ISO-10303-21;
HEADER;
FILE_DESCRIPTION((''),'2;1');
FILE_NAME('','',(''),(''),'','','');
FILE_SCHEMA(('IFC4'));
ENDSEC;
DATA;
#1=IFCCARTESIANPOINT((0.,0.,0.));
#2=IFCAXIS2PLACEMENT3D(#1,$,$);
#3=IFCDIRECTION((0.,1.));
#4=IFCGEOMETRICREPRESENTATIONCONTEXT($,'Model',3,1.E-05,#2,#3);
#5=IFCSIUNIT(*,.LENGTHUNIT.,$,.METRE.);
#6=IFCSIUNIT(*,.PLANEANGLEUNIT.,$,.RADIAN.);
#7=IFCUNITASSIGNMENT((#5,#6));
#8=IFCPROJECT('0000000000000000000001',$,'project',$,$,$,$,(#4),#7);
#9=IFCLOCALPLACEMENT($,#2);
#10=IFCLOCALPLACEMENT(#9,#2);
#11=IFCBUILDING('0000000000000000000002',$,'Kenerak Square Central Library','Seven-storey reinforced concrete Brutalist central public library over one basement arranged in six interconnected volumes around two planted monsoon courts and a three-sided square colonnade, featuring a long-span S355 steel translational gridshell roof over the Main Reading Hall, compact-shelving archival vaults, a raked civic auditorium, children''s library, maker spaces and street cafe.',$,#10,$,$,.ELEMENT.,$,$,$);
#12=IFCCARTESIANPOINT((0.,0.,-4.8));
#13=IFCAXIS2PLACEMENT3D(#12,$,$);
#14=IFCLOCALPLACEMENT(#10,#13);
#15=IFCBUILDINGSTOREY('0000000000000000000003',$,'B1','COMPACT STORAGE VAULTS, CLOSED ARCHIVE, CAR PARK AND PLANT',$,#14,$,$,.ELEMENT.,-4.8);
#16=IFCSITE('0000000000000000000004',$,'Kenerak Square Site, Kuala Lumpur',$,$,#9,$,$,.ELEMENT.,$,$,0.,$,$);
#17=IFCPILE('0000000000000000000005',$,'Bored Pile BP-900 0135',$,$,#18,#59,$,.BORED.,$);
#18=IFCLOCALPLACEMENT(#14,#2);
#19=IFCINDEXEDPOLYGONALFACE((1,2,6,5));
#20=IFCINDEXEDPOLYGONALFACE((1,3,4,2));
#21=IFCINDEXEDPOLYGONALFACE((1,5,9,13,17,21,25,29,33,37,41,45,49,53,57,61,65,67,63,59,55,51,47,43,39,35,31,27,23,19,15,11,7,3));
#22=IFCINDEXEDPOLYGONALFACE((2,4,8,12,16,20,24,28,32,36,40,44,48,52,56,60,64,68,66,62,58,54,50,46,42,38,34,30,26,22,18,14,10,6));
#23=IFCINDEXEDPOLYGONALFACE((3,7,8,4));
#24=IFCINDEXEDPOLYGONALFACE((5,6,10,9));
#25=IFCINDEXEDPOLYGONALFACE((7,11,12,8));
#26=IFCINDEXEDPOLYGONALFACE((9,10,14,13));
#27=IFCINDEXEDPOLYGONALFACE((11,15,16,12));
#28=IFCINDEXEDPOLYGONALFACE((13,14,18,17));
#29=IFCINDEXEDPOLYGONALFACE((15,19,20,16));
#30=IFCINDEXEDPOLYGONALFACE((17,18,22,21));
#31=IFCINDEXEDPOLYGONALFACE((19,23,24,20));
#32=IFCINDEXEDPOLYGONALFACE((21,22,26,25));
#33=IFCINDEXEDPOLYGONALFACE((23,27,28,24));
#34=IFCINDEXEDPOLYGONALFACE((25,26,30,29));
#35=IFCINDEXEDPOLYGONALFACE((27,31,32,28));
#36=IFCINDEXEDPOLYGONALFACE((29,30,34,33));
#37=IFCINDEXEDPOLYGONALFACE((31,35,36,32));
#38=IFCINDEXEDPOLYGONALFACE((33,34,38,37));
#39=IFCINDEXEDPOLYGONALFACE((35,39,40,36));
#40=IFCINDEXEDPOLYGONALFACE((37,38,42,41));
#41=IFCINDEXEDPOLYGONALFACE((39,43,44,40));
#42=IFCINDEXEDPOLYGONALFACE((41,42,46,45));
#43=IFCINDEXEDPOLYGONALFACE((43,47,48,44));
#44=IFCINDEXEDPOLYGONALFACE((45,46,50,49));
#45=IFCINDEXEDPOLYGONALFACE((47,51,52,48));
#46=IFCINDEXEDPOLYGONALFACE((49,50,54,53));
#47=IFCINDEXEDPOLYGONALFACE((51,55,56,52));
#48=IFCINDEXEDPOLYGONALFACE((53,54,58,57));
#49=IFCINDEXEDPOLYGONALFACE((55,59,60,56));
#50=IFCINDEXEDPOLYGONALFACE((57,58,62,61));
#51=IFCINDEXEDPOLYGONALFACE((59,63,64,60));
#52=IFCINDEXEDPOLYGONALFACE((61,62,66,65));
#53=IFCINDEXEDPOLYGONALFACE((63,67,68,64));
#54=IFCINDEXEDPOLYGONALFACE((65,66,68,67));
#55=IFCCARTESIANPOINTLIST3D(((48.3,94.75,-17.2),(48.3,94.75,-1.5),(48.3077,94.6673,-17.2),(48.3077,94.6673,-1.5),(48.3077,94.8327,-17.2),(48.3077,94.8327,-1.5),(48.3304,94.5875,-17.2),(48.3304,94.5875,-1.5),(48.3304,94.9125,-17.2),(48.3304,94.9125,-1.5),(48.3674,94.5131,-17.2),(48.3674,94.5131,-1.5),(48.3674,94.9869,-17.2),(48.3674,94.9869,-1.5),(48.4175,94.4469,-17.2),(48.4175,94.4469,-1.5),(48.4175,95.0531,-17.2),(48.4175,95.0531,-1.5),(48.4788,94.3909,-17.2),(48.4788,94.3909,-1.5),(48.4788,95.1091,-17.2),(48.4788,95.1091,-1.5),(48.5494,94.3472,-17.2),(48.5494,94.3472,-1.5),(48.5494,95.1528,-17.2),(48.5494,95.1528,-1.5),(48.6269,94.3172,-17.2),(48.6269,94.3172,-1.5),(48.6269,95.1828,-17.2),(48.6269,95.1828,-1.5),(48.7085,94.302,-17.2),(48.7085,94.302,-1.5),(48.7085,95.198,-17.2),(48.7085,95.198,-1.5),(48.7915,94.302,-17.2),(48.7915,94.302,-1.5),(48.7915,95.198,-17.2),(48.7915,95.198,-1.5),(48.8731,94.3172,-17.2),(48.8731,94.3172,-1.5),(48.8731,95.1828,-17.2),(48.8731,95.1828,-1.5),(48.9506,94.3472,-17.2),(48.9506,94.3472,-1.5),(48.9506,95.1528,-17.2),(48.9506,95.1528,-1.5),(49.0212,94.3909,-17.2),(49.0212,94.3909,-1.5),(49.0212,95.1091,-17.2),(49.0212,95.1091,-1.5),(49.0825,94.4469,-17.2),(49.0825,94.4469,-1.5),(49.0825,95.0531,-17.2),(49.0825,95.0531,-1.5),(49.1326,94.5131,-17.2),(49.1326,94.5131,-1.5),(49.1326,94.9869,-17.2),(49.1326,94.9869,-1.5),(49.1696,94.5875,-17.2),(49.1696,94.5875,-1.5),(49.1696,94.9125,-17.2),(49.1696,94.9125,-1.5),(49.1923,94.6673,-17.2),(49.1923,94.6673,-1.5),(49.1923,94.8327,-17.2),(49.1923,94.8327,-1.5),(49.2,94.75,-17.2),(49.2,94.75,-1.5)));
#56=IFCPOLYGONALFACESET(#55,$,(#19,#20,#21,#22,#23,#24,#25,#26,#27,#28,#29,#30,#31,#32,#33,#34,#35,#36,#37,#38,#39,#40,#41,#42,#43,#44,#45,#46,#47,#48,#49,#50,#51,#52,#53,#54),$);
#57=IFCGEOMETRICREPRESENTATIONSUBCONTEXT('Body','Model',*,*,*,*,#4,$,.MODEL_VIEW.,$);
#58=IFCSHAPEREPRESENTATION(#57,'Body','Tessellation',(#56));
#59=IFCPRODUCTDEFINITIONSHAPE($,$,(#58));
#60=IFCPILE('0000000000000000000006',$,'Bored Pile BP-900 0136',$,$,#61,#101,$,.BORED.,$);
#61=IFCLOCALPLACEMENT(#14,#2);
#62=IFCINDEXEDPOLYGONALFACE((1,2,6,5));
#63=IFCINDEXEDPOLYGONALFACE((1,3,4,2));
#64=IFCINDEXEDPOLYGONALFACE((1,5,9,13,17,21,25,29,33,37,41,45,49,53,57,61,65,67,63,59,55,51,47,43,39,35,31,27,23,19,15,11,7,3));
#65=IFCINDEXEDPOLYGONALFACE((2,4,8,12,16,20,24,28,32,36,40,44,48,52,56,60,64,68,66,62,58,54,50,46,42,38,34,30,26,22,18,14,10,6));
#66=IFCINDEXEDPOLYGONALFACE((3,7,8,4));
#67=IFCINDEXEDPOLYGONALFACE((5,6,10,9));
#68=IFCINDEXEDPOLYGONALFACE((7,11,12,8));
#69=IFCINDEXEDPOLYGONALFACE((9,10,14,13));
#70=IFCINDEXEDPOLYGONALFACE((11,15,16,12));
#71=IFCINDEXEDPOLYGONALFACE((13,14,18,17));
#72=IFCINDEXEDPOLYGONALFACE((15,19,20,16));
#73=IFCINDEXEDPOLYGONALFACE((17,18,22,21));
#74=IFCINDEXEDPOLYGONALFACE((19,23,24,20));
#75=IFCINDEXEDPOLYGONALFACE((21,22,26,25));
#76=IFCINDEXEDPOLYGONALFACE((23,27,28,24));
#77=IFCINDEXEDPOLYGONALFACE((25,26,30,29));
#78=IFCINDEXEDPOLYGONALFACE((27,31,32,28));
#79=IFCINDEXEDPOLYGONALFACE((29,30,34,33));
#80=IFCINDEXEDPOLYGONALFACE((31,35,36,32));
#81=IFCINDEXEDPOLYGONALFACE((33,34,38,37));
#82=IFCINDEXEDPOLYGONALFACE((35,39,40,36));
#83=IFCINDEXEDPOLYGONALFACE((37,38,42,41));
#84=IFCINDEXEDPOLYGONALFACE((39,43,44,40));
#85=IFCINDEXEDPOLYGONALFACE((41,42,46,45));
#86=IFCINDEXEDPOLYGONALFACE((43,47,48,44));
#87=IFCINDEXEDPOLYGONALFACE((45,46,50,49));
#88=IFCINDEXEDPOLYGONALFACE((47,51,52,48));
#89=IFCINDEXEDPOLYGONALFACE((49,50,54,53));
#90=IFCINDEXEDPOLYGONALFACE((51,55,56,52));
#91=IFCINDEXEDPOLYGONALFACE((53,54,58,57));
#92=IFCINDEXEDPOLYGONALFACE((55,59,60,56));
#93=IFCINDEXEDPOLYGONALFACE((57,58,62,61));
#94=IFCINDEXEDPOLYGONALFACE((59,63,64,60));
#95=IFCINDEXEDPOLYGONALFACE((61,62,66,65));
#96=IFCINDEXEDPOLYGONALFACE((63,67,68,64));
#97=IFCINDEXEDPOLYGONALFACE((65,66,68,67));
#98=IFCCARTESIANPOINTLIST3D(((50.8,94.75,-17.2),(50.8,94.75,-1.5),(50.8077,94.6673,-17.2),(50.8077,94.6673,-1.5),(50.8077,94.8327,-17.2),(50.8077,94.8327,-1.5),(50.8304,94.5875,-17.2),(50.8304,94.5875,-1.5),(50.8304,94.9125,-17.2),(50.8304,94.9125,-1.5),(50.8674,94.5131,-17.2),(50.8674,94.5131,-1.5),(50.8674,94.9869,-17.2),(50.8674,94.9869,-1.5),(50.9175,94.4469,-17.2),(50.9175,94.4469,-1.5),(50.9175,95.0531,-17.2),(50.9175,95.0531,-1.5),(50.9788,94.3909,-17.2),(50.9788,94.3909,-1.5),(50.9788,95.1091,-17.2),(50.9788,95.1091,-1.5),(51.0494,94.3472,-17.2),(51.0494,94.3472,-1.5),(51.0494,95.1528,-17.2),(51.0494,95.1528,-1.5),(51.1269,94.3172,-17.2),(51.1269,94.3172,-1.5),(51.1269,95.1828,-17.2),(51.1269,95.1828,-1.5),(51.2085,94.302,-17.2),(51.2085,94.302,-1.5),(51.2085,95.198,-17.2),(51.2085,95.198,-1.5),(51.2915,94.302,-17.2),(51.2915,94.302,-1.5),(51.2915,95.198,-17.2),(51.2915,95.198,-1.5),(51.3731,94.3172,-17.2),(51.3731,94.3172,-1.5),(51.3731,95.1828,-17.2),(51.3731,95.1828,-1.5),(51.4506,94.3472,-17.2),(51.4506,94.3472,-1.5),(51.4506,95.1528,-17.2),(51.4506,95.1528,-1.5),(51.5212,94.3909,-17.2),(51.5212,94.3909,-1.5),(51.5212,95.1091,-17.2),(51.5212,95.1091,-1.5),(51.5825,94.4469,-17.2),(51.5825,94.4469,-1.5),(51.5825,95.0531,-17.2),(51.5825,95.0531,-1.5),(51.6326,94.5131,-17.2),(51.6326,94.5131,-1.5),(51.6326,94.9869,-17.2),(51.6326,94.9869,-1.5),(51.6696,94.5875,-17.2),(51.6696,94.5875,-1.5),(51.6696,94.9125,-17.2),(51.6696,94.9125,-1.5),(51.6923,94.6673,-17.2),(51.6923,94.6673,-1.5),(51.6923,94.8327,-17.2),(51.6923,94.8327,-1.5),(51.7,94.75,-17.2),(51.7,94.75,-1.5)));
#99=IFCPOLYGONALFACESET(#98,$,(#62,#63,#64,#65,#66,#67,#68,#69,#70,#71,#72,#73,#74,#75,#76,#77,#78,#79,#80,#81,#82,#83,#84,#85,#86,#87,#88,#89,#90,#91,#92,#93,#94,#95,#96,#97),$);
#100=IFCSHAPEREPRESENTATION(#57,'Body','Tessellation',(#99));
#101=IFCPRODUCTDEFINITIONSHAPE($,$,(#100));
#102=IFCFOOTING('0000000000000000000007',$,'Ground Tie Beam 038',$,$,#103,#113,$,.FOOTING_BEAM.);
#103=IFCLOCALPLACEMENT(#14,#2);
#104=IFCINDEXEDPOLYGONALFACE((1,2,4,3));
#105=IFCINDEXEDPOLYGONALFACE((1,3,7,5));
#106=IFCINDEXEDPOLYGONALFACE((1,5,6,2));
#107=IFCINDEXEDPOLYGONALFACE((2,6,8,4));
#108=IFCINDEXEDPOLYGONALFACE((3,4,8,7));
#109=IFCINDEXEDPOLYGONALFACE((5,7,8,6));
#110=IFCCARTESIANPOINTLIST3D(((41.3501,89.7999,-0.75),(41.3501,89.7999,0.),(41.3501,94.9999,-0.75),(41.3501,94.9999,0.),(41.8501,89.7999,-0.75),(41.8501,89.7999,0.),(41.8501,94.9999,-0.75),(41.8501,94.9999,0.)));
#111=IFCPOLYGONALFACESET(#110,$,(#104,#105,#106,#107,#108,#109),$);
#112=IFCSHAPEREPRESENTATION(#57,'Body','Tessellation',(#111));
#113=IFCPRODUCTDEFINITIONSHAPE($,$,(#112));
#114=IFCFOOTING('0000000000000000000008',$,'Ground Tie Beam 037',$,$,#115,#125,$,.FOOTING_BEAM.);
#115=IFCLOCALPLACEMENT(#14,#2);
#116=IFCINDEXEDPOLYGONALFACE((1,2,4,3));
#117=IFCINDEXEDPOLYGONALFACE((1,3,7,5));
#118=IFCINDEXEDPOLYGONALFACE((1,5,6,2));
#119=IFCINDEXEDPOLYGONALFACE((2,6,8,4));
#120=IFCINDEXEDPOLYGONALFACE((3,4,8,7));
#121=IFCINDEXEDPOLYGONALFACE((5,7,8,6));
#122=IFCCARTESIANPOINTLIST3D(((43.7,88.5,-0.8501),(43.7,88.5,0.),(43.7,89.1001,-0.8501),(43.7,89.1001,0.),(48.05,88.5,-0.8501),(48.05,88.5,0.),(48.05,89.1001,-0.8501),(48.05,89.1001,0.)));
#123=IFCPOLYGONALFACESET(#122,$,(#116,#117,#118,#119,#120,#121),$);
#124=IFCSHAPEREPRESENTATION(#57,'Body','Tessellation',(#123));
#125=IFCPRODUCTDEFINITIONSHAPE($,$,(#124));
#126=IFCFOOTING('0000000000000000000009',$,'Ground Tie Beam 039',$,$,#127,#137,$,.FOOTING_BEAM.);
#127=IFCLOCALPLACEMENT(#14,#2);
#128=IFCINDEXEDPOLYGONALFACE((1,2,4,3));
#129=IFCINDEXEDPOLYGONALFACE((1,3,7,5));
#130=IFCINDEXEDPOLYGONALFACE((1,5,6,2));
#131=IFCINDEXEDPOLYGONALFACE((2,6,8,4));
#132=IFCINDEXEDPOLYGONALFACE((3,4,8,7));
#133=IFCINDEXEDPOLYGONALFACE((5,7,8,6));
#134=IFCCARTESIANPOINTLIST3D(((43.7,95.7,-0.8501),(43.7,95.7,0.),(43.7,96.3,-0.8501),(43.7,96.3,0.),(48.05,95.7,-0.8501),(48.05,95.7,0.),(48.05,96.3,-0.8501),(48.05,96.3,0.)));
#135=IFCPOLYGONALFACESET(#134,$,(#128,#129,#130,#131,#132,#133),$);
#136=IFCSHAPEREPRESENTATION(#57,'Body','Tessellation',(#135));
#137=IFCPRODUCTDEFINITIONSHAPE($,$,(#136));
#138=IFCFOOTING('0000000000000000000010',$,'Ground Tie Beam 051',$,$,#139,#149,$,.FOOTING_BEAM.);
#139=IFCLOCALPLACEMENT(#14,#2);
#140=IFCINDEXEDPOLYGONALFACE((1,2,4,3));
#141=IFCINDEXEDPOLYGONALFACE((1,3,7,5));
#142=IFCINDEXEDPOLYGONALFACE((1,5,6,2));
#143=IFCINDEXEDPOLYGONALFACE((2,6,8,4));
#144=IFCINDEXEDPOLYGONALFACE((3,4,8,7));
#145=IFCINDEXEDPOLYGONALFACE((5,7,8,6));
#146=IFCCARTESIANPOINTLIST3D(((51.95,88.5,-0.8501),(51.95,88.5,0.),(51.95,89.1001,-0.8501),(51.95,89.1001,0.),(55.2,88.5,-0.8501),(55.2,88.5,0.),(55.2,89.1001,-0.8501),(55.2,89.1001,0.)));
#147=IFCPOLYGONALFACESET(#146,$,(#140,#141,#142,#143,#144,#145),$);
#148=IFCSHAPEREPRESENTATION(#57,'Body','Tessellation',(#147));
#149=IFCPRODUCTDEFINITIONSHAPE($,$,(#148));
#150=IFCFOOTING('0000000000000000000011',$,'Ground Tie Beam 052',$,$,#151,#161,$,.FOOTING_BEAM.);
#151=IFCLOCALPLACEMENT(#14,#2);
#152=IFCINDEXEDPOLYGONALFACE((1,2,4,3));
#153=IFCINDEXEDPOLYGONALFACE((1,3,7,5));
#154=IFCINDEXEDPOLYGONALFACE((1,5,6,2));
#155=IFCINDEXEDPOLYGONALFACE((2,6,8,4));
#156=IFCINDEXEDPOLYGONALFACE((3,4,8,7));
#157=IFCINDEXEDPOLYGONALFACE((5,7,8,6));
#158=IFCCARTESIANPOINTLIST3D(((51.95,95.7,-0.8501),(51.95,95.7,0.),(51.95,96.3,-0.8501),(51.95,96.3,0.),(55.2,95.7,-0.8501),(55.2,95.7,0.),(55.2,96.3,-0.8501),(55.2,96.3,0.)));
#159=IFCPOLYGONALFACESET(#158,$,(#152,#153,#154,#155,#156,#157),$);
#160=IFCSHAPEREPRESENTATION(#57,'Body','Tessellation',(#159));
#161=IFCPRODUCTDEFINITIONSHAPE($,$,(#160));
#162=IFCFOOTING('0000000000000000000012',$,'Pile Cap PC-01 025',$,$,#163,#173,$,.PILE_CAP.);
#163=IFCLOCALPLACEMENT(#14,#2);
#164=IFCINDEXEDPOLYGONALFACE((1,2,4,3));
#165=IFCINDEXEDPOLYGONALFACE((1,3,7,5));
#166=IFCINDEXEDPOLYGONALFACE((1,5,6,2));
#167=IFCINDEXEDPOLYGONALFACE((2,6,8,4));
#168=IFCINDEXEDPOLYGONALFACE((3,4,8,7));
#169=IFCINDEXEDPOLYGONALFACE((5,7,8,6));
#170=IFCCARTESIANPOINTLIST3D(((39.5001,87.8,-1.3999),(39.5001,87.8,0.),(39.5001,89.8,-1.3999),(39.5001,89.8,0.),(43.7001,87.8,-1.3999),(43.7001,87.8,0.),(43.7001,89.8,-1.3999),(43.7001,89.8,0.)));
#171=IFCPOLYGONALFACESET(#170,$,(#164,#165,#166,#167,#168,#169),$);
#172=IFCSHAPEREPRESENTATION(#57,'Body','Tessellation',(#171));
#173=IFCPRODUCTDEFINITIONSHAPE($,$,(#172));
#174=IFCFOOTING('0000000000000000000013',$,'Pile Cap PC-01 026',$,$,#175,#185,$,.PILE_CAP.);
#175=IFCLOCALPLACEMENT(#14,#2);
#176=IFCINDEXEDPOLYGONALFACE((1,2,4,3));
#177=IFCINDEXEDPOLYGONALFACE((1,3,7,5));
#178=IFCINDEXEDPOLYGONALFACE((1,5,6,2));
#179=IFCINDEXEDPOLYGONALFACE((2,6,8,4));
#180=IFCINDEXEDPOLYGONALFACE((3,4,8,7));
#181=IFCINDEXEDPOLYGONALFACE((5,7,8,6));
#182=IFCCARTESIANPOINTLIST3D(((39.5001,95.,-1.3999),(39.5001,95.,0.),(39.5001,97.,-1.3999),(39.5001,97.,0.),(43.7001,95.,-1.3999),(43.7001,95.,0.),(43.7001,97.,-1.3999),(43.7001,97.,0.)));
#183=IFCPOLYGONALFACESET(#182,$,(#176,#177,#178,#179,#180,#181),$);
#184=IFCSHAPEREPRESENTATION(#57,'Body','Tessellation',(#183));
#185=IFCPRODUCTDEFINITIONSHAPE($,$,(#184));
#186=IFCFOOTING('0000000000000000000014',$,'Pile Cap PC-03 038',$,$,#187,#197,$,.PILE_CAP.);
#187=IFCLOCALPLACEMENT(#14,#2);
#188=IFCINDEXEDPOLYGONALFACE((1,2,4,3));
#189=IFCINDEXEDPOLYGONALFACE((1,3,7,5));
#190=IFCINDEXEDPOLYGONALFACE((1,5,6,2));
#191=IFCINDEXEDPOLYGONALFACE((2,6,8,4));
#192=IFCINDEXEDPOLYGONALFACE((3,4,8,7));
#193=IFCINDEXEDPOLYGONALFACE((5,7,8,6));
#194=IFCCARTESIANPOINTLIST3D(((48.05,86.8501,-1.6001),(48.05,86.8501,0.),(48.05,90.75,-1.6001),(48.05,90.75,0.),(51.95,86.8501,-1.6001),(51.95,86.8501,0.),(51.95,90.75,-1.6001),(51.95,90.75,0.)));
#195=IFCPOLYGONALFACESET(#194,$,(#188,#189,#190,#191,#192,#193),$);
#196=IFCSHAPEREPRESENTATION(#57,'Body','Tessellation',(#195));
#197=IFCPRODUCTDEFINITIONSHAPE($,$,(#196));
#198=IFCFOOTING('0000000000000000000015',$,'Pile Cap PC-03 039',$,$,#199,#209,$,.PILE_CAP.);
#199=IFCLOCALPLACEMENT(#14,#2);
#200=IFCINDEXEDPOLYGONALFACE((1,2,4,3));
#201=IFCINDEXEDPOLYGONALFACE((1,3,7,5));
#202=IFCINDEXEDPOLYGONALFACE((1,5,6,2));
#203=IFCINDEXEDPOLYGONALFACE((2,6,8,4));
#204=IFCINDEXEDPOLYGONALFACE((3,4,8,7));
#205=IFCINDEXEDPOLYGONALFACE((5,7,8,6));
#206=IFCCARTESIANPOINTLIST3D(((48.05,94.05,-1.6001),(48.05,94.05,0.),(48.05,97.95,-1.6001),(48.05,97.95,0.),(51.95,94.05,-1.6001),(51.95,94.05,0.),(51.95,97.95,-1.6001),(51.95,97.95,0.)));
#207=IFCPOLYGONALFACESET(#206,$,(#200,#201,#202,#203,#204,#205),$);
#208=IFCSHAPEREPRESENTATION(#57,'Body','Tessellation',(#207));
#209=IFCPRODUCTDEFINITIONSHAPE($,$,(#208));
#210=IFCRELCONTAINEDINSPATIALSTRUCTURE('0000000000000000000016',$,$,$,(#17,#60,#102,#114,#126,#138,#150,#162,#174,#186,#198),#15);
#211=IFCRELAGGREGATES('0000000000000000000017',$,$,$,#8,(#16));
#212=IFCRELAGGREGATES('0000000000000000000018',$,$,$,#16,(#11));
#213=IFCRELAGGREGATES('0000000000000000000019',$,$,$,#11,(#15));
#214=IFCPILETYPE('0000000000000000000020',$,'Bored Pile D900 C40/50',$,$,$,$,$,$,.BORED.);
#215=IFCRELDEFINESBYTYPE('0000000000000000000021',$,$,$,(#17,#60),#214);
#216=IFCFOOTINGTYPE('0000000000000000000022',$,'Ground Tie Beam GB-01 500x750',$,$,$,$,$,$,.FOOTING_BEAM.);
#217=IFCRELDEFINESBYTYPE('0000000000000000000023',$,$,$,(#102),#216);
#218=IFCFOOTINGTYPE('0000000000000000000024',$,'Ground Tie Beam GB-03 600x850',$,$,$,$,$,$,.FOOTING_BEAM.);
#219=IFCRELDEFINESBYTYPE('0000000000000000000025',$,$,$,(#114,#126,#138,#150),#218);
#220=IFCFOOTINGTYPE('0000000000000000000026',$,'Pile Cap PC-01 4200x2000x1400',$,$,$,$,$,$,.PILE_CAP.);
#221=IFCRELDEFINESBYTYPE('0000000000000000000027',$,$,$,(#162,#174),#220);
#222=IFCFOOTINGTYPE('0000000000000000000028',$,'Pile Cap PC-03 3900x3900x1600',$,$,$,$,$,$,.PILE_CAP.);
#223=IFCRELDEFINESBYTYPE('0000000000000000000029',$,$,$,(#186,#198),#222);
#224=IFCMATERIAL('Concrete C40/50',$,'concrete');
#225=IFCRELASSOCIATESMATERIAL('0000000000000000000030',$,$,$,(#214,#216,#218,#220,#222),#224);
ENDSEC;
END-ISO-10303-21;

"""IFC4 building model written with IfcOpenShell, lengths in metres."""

from ifc_helpers import new_model, si_unit, direction, frame, origin, origin_2d, place, context, subcontext, project, spatial, rectangle, circle, extrude, material, material_profile, profile_set, type_object, element, save


model = new_model("IFC4")

# Units and contexts
model_context = context("Model", 3, precision=1e-05, world=origin(), true_north=direction((0.0, 1.0)))
body_context = subcontext(model_context, "Body", "Model", "MODEL_VIEW")
ifc_project = project(units=[si_unit("LENGTHUNIT", "METRE"), si_unit("PLANEANGLEUNIT", "RADIAN")], contexts=[model_context])

# Site, building, storey
site_placement = place(None, origin())
site = spatial("IfcSite", under=ifc_project, at=site_placement, Name="Kenerak Square Site, Kuala Lumpur", CompositionType="ELEMENT", RefElevation=0.0)
building_placement = place(site_placement, origin())
building = spatial("IfcBuilding", under=site, at=building_placement, Name="Kenerak Square Central Library", Description="Seven-storey reinforced concrete Brutalist central public library over one basement arranged in six interconnected volumes around two planted monsoon courts and a three-sided square colonnade, featuring a long-span S355 steel translational gridshell roof over the Main Reading Hall, compact-shelving archival vaults, a raked civic auditorium, children's library, maker spaces and street cafe.", CompositionType="ELEMENT")
storey_placement = place(building_placement, frame((0.0, 0.0, -4.8)))
storey = spatial("IfcBuildingStorey", under=building, at=storey_placement, Name="B1", Description="COMPACT STORAGE VAULTS, CLOSED ARCHIVE, CAR PARK AND PLANT", CompositionType="ELEMENT", Elevation=-4.8)

# Piles
ifc_material_1 = material(Name="Concrete C40/50", Category="concrete")
ifc_material_profile_1 = material_profile(ifc_material_1, circle(Radius=0.45, at=origin_2d()), Name="BP D900")
ifc_profile_set_1 = profile_set([ifc_material_profile_1], Name="Concrete C40/50")
pile_type = type_object("IfcPileType", Name="Bored Pile D900 C40/50", PredefinedType="BORED", material=ifc_profile_set_1)
for number, where, z_axis, x_axis, name in (
    (1, (48.75, 94.75, -1.5), (0.0, 0.0, -1.0), (1.0, 0.0, 0.0), "Bored Pile BP-900 0135"),
    (2, (51.25, 94.75, -1.5), (0.0, 0.0, -1.0), (1.0, 0.0, 0.0), "Bored Pile BP-900 0136"),
):
    element("IfcPile", number, at=place(storey_placement, frame(where, z_axis=z_axis, x_axis=x_axis)), inside=storey, type_object=pile_type, Name=name, PredefinedType="BORED", context=body_context, shape_type="SweptSolid", body=[
        extrude(circle(Radius=0.45, at=origin_2d()), origin(), (0.0, 0.0, 1.0), 15.7),
    ])

# Footings
footing_type_1 = type_object("IfcFootingType", Name="Ground Tie Beam GB-01 500x750", PredefinedType="FOOTING_BEAM", material=ifc_material_1)
footing_1_placement = place(storey_placement, frame((41.6001, 92.3999, -0.75), z_axis=(0.0, 0.0, 1.0), x_axis=(1.0, 0.0, 0.0)))
element("IfcFooting", 3, at=footing_1_placement, inside=storey, type_object=footing_type_1, Name="Ground Tie Beam 038", PredefinedType="FOOTING_BEAM", context=body_context, shape_type="SweptSolid", body=[
    extrude(rectangle(XDim=0.5, YDim=5.2, at=origin_2d()), origin(), (0.0, 0.0, 1.0), 0.75),
])
footing_type_2 = type_object("IfcFootingType", Name="Ground Tie Beam GB-03 600x850", PredefinedType="FOOTING_BEAM", material=ifc_material_1)
for number, where, z_axis, x_axis, name in (
    (4, (45.875, 88.8, -0.8501), (0.0, 0.0, 1.0), (1.0, 0.0, 0.0), "Ground Tie Beam 037"),
    (5, (45.875, 96.0, -0.8501), (0.0, 0.0, 1.0), (1.0, 0.0, 0.0), "Ground Tie Beam 039"),
):
    element("IfcFooting", number, at=place(storey_placement, frame(where, z_axis=z_axis, x_axis=x_axis)), inside=storey, type_object=footing_type_2, Name=name, PredefinedType="FOOTING_BEAM", context=body_context, shape_type="SweptSolid", body=[
        extrude(rectangle(XDim=4.3501, YDim=0.6001, at=origin_2d()), origin(), (0.0, 0.0, 1.0), 0.8501),
    ])
for number, where, z_axis, x_axis, name in (
    (6, (53.575, 88.8, -0.8501), (0.0, 0.0, 1.0), (1.0, 0.0, 0.0), "Ground Tie Beam 051"),
    (7, (53.575, 96.0, -0.8501), (0.0, 0.0, 1.0), (1.0, 0.0, 0.0), "Ground Tie Beam 052"),
):
    element("IfcFooting", number, at=place(storey_placement, frame(where, z_axis=z_axis, x_axis=x_axis)), inside=storey, type_object=footing_type_2, Name=name, PredefinedType="FOOTING_BEAM", context=body_context, shape_type="SweptSolid", body=[
        extrude(rectangle(XDim=3.25, YDim=0.6001, at=origin_2d()), origin(), (0.0, 0.0, 1.0), 0.8501),
    ])
footing_type_3 = type_object("IfcFootingType", Name="Pile Cap PC-01 4200x2000x1400", PredefinedType="PILE_CAP", material=ifc_material_1)
for number, where, z_axis, x_axis, name in (
    (8, (41.6001, 88.8, -1.3999), (0.0, 0.0, 1.0), (1.0, 0.0, 0.0), "Pile Cap PC-01 025"),
    (9, (41.6001, 96.0, -1.3999), (0.0, 0.0, 1.0), (1.0, 0.0, 0.0), "Pile Cap PC-01 026"),
):
    element("IfcFooting", number, at=place(storey_placement, frame(where, z_axis=z_axis, x_axis=x_axis)), inside=storey, type_object=footing_type_3, Name=name, PredefinedType="PILE_CAP", context=body_context, shape_type="SweptSolid", body=[
        extrude(rectangle(XDim=4.2, YDim=2.0, at=origin_2d()), origin(), (0.0, 0.0, 1.0), 1.3999),
    ])
footing_type_4 = type_object("IfcFootingType", Name="Pile Cap PC-03 3900x3900x1600", PredefinedType="PILE_CAP", material=ifc_material_1)
for number, where, z_axis, x_axis, name in (
    (10, (50.0, 88.8, -1.6001), (0.0, 0.0, 1.0), (1.0, 0.0, 0.0), "Pile Cap PC-03 038"),
    (11, (50.0, 96.0, -1.6001), (0.0, 0.0, 1.0), (1.0, 0.0, 0.0), "Pile Cap PC-03 039"),
):
    element("IfcFooting", number, at=place(storey_placement, frame(where, z_axis=z_axis, x_axis=x_axis)), inside=storey, type_object=footing_type_4, Name=name, PredefinedType="PILE_CAP", context=body_context, shape_type="SweptSolid", body=[
        extrude(rectangle(XDim=3.8999, YDim=3.8999, at=origin_2d()), origin(), (0.0, 0.0, 1.0), 1.6001),
    ])

save(model, "model.ifc")
